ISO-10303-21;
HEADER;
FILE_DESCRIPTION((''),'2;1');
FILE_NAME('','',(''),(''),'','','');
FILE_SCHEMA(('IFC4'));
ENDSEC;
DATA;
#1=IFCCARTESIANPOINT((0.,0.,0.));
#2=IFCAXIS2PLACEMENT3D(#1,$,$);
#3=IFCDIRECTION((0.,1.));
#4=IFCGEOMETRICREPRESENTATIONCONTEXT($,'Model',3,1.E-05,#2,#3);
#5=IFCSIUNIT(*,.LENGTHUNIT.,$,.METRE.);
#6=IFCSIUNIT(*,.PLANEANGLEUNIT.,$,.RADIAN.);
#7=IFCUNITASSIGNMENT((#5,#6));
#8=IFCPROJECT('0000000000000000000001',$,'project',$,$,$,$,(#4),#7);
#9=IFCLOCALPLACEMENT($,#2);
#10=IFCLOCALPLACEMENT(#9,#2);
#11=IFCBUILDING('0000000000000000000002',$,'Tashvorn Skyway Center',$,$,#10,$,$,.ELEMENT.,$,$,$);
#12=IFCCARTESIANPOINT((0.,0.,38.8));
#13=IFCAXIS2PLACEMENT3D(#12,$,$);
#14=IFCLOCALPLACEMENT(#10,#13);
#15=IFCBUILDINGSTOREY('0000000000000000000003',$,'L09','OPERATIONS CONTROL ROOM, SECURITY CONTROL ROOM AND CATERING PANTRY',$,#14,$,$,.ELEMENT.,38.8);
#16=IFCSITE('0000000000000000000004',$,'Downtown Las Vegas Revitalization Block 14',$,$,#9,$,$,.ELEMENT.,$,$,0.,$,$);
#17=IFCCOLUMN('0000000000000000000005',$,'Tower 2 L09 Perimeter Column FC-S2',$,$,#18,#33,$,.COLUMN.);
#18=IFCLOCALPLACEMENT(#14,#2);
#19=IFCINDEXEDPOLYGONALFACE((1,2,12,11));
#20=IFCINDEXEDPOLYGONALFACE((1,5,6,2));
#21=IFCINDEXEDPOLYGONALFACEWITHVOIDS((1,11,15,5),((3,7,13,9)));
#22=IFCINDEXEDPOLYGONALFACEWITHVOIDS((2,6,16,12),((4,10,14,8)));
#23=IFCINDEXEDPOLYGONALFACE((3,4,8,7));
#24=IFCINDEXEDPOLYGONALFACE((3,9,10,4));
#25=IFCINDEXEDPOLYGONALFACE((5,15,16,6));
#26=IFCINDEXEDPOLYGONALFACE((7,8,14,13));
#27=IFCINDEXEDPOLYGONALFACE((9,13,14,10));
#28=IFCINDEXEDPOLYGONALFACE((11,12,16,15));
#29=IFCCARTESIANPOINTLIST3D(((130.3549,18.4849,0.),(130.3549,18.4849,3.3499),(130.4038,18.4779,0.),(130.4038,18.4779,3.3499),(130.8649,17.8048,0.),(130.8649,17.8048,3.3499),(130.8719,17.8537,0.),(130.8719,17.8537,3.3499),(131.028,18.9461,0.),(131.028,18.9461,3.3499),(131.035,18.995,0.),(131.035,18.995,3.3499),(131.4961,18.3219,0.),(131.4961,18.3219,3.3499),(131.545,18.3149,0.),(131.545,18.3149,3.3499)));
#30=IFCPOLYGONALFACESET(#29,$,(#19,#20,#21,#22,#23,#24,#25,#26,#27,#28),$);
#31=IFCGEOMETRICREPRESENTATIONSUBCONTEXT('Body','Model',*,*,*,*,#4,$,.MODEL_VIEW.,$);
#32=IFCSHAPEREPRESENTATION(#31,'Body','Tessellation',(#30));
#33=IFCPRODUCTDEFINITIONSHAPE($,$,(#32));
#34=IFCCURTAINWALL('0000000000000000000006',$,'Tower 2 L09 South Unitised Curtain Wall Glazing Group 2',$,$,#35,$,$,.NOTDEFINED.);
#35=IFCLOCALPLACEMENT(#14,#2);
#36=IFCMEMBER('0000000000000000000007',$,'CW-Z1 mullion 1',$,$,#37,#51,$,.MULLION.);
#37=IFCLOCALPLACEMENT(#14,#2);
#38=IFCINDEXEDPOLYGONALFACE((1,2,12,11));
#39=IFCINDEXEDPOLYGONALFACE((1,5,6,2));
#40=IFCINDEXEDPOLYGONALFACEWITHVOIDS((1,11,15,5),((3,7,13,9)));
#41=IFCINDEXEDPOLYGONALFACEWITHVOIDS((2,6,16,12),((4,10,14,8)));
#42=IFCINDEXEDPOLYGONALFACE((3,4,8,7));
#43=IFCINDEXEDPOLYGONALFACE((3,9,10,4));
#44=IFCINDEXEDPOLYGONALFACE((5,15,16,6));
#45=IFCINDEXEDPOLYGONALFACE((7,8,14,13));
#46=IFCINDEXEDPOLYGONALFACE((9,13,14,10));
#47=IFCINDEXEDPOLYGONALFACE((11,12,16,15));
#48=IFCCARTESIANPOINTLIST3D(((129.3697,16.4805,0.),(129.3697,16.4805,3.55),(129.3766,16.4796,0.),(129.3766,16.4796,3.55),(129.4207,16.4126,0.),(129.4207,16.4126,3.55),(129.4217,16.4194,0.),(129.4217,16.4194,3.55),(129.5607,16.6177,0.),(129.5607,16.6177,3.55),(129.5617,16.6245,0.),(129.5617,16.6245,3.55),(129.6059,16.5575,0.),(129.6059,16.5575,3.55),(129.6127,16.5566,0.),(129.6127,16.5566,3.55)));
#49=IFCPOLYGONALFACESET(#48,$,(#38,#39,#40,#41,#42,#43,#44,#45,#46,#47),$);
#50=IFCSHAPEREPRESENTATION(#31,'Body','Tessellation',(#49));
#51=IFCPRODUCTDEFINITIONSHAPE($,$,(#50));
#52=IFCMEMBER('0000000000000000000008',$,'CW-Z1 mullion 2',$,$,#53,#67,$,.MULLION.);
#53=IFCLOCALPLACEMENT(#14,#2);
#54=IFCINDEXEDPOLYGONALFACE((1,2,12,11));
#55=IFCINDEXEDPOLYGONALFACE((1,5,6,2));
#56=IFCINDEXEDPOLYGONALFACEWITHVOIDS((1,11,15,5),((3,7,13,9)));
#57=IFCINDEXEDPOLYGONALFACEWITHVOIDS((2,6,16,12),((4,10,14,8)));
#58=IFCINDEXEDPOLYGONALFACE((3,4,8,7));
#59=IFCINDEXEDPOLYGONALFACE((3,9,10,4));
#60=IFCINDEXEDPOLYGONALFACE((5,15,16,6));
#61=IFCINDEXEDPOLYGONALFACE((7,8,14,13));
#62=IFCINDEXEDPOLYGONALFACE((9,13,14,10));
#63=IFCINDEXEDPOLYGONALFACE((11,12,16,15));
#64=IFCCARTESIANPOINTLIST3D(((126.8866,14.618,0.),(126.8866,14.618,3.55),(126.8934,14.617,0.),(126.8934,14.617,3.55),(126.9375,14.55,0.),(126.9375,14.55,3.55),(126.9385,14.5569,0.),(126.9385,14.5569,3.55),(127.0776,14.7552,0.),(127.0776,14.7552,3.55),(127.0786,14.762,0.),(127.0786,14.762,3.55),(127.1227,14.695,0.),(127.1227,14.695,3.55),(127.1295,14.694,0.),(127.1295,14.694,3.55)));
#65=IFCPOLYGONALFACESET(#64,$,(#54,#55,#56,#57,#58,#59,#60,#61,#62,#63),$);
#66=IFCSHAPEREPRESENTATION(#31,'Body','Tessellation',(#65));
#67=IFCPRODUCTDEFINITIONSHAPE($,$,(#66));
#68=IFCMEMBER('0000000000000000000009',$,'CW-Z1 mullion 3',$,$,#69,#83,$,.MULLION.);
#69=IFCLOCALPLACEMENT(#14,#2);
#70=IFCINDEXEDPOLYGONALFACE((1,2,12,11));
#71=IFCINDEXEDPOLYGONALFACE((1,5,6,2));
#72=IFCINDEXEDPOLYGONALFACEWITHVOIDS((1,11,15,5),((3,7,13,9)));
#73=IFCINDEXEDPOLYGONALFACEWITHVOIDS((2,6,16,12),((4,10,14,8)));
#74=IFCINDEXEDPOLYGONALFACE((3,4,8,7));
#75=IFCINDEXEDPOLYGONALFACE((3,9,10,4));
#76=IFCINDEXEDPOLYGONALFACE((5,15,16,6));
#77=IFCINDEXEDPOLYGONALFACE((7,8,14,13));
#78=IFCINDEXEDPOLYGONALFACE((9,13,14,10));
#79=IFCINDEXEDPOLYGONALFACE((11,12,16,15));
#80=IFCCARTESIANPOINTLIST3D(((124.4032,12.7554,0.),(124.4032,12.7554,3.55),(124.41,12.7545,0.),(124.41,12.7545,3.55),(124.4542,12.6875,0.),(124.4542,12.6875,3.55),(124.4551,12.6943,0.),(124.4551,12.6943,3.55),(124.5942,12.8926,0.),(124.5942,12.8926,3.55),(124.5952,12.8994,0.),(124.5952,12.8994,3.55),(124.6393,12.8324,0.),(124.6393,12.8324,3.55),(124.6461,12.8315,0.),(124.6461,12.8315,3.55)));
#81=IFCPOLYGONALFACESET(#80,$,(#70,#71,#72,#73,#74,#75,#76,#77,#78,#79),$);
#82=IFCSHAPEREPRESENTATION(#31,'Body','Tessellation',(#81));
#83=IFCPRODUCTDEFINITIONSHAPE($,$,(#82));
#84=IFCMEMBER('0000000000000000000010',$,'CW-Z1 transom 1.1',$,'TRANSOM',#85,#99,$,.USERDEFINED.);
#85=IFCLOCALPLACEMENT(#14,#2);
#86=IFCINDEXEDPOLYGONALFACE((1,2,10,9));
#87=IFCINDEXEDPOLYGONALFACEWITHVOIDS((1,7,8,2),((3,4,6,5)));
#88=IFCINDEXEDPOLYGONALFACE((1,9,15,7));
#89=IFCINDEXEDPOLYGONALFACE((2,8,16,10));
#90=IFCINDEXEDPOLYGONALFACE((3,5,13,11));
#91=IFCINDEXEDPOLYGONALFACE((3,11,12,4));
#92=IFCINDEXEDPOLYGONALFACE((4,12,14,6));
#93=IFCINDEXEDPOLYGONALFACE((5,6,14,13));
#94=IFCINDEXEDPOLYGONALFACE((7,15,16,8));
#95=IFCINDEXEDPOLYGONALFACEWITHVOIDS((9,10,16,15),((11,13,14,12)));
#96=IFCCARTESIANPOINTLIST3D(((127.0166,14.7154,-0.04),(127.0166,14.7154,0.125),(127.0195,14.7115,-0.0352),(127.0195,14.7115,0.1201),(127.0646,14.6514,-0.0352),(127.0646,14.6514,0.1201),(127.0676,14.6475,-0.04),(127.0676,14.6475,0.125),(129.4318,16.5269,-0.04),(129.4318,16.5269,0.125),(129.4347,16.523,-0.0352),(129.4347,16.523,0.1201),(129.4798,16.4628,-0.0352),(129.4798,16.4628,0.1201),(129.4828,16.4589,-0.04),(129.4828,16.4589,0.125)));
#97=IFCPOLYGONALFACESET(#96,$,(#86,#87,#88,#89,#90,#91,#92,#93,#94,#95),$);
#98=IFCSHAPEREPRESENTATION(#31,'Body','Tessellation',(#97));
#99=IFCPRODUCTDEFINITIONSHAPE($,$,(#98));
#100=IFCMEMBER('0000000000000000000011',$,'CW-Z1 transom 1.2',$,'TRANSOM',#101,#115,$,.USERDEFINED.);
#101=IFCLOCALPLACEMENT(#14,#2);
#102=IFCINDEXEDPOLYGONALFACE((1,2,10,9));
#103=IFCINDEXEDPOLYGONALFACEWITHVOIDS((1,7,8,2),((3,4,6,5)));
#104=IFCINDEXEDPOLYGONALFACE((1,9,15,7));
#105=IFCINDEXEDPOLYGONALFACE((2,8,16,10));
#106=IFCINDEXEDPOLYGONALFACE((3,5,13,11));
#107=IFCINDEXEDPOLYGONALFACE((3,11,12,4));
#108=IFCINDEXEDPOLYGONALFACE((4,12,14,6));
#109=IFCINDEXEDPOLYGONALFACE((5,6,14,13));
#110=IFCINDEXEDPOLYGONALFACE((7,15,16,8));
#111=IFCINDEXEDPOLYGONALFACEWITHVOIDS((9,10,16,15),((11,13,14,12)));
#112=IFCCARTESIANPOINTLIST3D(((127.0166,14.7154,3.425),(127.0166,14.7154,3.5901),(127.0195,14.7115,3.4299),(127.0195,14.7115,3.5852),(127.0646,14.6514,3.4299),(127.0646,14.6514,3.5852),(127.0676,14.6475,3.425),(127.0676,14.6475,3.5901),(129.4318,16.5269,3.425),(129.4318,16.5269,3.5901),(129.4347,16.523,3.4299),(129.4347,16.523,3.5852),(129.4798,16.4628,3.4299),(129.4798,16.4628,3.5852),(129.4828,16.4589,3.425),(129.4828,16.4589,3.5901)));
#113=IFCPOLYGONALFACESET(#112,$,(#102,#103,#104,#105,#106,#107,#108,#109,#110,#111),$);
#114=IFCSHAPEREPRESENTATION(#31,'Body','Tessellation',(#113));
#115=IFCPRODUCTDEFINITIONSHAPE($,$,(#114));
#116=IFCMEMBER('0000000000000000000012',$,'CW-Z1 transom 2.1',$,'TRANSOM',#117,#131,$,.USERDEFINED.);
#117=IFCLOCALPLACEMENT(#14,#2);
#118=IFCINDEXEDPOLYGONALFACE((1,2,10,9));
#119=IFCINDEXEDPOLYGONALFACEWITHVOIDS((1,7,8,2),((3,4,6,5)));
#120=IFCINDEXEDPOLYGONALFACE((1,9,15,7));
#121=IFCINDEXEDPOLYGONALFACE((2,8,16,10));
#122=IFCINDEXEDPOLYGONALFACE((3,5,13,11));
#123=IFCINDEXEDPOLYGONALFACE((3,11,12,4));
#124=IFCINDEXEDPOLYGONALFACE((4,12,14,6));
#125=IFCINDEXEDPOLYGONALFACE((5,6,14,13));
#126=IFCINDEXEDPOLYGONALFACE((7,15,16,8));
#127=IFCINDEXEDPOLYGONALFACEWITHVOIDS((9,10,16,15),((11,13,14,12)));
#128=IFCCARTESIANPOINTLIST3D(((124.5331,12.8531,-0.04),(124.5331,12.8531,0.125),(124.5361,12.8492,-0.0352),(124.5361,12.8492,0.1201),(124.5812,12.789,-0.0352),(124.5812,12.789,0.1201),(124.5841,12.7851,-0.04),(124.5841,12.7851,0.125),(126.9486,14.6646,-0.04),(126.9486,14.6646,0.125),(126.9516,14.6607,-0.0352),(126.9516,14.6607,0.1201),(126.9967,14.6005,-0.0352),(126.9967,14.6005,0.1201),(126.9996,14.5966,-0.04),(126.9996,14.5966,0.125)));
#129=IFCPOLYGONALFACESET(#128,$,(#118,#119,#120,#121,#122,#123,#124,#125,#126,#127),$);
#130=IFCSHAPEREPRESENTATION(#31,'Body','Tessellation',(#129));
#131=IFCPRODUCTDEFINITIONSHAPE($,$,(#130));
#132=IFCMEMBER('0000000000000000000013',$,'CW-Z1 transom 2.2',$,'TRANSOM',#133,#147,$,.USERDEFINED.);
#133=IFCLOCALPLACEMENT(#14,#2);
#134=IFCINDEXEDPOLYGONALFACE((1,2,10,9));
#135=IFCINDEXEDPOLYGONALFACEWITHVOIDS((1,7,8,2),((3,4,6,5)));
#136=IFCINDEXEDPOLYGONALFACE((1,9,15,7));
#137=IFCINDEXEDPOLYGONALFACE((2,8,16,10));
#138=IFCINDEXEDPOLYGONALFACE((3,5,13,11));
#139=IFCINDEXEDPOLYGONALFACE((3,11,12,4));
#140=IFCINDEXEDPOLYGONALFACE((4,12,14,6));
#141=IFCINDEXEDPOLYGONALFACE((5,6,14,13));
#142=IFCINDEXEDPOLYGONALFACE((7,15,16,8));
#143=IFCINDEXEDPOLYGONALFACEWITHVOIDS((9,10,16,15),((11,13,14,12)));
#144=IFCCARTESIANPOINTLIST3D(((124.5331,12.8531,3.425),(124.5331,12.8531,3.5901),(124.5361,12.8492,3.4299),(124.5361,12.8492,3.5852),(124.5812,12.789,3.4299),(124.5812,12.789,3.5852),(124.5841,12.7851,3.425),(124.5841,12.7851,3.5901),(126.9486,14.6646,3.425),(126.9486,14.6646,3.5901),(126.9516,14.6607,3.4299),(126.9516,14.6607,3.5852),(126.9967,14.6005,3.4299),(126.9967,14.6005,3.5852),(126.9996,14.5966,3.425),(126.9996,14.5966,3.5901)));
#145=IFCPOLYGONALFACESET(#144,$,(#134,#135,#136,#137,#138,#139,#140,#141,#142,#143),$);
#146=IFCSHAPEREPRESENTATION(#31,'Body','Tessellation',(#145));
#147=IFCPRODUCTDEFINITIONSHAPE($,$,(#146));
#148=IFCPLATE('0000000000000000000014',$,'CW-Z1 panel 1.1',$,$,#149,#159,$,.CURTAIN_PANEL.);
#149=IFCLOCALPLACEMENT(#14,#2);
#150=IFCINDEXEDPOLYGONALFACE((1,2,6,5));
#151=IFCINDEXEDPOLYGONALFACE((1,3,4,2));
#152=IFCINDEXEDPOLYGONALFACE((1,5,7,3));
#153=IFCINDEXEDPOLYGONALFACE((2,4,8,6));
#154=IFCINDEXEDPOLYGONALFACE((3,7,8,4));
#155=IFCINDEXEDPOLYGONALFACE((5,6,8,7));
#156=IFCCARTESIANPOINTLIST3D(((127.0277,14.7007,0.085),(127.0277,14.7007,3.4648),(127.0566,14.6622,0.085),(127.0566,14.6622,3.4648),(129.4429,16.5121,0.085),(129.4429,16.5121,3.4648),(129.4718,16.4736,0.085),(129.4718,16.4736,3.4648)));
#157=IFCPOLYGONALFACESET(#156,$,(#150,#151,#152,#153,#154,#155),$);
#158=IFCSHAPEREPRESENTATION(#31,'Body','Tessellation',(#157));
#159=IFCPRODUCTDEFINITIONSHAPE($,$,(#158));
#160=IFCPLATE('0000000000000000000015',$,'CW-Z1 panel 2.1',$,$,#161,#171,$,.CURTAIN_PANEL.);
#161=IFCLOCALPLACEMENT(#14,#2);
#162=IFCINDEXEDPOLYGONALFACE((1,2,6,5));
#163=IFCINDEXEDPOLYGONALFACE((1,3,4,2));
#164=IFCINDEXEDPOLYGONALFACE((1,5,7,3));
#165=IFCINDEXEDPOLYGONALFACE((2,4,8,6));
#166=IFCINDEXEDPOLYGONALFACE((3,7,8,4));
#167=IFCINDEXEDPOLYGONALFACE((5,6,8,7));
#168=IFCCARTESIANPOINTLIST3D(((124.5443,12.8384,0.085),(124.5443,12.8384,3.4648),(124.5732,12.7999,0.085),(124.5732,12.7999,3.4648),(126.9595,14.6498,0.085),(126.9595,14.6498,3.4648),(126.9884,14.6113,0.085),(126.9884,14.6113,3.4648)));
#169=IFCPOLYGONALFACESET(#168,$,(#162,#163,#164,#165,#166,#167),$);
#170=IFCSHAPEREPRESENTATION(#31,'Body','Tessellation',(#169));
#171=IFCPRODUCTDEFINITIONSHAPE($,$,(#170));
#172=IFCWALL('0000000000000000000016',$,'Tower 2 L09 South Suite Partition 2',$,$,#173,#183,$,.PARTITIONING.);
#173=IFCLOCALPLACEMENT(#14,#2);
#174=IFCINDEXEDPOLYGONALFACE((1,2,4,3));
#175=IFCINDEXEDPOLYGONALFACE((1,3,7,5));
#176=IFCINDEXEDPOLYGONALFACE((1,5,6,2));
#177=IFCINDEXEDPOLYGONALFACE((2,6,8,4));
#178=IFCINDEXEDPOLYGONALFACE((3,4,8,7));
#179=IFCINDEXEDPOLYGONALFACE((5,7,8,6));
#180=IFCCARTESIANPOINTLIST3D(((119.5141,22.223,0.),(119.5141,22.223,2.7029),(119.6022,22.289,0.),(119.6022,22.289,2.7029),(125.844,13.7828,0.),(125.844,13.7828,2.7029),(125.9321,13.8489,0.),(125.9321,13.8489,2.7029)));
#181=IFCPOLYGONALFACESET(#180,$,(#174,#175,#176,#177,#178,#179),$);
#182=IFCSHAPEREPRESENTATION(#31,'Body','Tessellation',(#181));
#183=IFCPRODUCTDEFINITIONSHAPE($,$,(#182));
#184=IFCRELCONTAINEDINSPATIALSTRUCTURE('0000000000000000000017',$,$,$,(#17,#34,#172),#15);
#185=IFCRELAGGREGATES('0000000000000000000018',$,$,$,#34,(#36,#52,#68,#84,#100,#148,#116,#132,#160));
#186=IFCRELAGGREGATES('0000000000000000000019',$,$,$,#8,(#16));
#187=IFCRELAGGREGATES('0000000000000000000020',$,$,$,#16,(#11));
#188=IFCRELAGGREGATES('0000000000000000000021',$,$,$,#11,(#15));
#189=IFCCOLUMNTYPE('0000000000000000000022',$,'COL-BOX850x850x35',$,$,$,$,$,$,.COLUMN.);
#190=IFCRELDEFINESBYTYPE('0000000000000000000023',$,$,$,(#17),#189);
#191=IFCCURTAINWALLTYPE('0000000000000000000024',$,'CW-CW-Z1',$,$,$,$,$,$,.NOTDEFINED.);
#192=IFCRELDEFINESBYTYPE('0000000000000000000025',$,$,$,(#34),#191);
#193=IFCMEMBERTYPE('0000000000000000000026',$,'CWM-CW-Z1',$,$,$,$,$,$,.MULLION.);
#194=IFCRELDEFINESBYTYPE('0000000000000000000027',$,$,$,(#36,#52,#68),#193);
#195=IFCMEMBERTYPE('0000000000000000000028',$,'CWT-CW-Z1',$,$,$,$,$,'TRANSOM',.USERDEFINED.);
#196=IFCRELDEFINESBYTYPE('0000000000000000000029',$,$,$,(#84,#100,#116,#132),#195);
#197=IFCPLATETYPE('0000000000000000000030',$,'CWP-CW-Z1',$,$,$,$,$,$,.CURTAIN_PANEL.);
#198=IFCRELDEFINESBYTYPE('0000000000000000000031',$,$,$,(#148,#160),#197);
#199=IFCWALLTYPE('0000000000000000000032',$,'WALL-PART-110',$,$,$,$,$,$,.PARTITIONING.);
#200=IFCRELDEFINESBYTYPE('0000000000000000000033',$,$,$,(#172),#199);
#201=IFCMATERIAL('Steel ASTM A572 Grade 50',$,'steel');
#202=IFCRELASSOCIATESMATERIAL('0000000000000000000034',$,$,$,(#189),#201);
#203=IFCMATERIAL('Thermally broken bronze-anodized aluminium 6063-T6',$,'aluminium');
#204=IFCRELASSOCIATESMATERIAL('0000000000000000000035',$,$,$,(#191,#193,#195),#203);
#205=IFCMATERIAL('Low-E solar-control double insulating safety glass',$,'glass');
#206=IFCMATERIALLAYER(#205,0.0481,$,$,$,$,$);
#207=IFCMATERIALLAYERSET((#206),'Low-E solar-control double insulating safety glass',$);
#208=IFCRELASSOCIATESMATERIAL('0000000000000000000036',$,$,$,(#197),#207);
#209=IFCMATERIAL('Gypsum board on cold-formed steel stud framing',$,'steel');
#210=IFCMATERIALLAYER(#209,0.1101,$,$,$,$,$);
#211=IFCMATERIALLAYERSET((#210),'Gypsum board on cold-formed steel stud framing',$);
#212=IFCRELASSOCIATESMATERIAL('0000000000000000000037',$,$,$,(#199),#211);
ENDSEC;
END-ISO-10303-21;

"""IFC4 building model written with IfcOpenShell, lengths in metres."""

from ifc_helpers import new_model, si_unit, direction, frame, frame_2d, origin, origin_2d, place, context, subcontext, project, spatial, rectangle, hollow_rectangle, extrude, material, layer, layer_set, material_profile, profile_set, type_object, element, aggregate, save


model = new_model("IFC4")

# Units and contexts
model_context = context("Model", 3, precision=1e-05, world=origin(), true_north=direction((0.0, 1.0)))
body_context = subcontext(model_context, "Body", "Model", "MODEL_VIEW")
ifc_project = project(units=[si_unit("LENGTHUNIT", "METRE"), si_unit("PLANEANGLEUNIT", "RADIAN")], contexts=[model_context])

# Site, building, storey
site_placement = place(None, origin())
site = spatial("IfcSite", under=ifc_project, at=site_placement, Name="Downtown Las Vegas Revitalization Block 14", CompositionType="ELEMENT", RefElevation=0.0)
building_placement = place(site_placement, origin())
building = spatial("IfcBuilding", under=site, at=building_placement, Name="Tashvorn Skyway Center", CompositionType="ELEMENT")
storey_placement = place(building_placement, frame((0.0, 0.0, 38.8)))
storey = spatial("IfcBuildingStorey", under=building, at=storey_placement, Name="L09", Description="OPERATIONS CONTROL ROOM, SECURITY CONTROL ROOM AND CATERING PANTRY", CompositionType="ELEMENT", Elevation=38.8)

# Column
ifc_material_1 = material(Name="Steel ASTM A572 Grade 50", Category="steel")
ifc_material_profile_1 = material_profile(ifc_material_1, hollow_rectangle(XDim=0.8501, YDim=0.8501, WallThickness=0.0349, at=origin_2d()), Name="BOX850x850x35")
ifc_profile_set_1 = profile_set([ifc_material_profile_1], Name="Steel ASTM A572 Grade 50")
column_type = type_object("IfcColumnType", Name="COL-BOX850x850x35", PredefinedType="COLUMN", material=ifc_profile_set_1)
column_placement = place(storey_placement, frame((130.95, 18.3999, 0.0), z_axis=(0.0, 0.0, 1.0), x_axis=(0.8, 0.6, 0.0)))
element("IfcColumn", 1, at=column_placement, inside=storey, type_object=column_type, Name="Tower 2 L09 Perimeter Column FC-S2", PredefinedType="COLUMN", context=body_context, shape_type="SweptSolid", body=[
    extrude(hollow_rectangle(XDim=0.8501, YDim=0.8501, WallThickness=0.0349, at=origin_2d()), origin(), (0.0, 0.0, 1.0), 3.3499),
])

# Curtain wall, members, plates
ifc_material_2 = material(Name="Thermally broken bronze-anodized aluminium 6063-T6", Category="aluminium")
curtain_wall_type = type_object("IfcCurtainWallType", Name="CW-CW-Z1", PredefinedType="NOTDEFINED", material=ifc_material_2)
curtain_wall_placement = place(storey_placement, origin())
curtain_wall = element("IfcCurtainWall", 2, at=curtain_wall_placement, inside=storey, type_object=curtain_wall_type, Name="Tower 2 L09 South Unitised Curtain Wall Glazing Group 2", PredefinedType="NOTDEFINED")
ifc_material_profile_2 = material_profile(ifc_material_2, hollow_rectangle(XDim=0.085, YDim=0.24, WallThickness=0.0049, at=origin_2d()), Name="ALU-MULL-85x240")
ifc_profile_set_2 = profile_set([ifc_material_profile_2], Name="Thermally broken bronze-anodized aluminium 6063-T6")
member_type_1 = type_object("IfcMemberType", Name="CWM-CW-Z1", PredefinedType="MULLION", material=ifc_profile_set_2)
member_1_placement = place(storey_placement, frame((129.4912, 16.5186, 0.0), z_axis=(0.0, 0.0, 1.0), x_axis=(0.600005, -0.799996, 0.0)))
member_1 = element("IfcMember", 3, at=member_1_placement, type_object=member_type_1, Name="CW-Z1 mullion 1", PredefinedType="MULLION", context=body_context, shape_type="SweptSolid", body=[
    extrude(hollow_rectangle(XDim=0.085, YDim=0.24, WallThickness=0.0049, at=origin_2d()), origin(), (0.0, 0.0, 1.0), 3.55),
])
member_2_placement = place(storey_placement, frame((127.0081, 14.656, 0.0), z_axis=(0.0, 0.0, 1.0), x_axis=(0.600005, -0.799996, 0.0)))
member_2 = element("IfcMember", 4, at=member_2_placement, type_object=member_type_1, Name="CW-Z1 mullion 2", PredefinedType="MULLION", context=body_context, shape_type="SweptSolid", body=[
    extrude(hollow_rectangle(XDim=0.085, YDim=0.24, WallThickness=0.0049, at=origin_2d()), origin(), (0.0, 0.0, 1.0), 3.55),
])
member_3_placement = place(storey_placement, frame((124.5247, 12.7935, 0.0), z_axis=(0.0, 0.0, 1.0), x_axis=(0.600005, -0.799996, 0.0)))
member_3 = element("IfcMember", 5, at=member_3_placement, type_object=member_type_1, Name="CW-Z1 mullion 3", PredefinedType="MULLION", context=body_context, shape_type="SweptSolid", body=[
    extrude(hollow_rectangle(XDim=0.085, YDim=0.24, WallThickness=0.0049, at=origin_2d()), origin(), (0.0, 0.0, 1.0), 3.55),
])
ifc_material_profile_3 = material_profile(ifc_material_2, hollow_rectangle(XDim=0.085, YDim=0.165, WallThickness=0.0049, at=origin_2d()), Name="ALU-TRAN-85x165")
ifc_profile_set_3 = profile_set([ifc_material_profile_3], Name="Thermally broken bronze-anodized aluminium 6063-T6")
member_type_2 = type_object("IfcMemberType", Name="CWT-CW-Z1", ElementType="TRANSOM", PredefinedType="USERDEFINED", material=ifc_profile_set_3)
member_4_placement = place(storey_placement, frame((129.4573, 16.4929, 0.0425), z_axis=(-0.79999, -0.600013, 0.0), x_axis=(0.600013, -0.79999, 0.0)))
member_4 = element("IfcMember", 6, at=member_4_placement, type_object=member_type_2, Name="CW-Z1 transom 1.1", ObjectType="TRANSOM", PredefinedType="USERDEFINED", context=body_context, shape_type="SweptSolid", body=[
    extrude(hollow_rectangle(XDim=0.085, YDim=0.165, WallThickness=0.0049, at=origin_2d()), origin(), (0.0, 0.0, 1.0), 3.019),
])
member_5_placement = place(storey_placement, frame((129.4573, 16.4929, 3.5076), z_axis=(-0.79999, -0.600013, 0.0), x_axis=(0.600013, -0.79999, 0.0)))
member_5 = element("IfcMember", 7, at=member_5_placement, type_object=member_type_2, Name="CW-Z1 transom 1.2", ObjectType="TRANSOM", PredefinedType="USERDEFINED", context=body_context, shape_type="SweptSolid", body=[
    extrude(hollow_rectangle(XDim=0.085, YDim=0.165, WallThickness=0.0049, at=origin_2d()), origin(), (0.0, 0.0, 1.0), 3.019),
])
member_6_placement = place(storey_placement, frame((126.9741, 14.6306, 0.0425), z_axis=(-0.800019, -0.599974, 0.0), x_axis=(0.599974, -0.800019, 0.0)))
member_6 = element("IfcMember", 8, at=member_6_placement, type_object=member_type_2, Name="CW-Z1 transom 2.1", ObjectType="TRANSOM", PredefinedType="USERDEFINED", context=body_context, shape_type="SweptSolid", body=[
    extrude(hollow_rectangle(XDim=0.085, YDim=0.165, WallThickness=0.0049, at=origin_2d()), origin(), (0.0, 0.0, 1.0), 3.0193),
])
member_7_placement = place(storey_placement, frame((126.9741, 14.6306, 3.5076), z_axis=(-0.800019, -0.599974, 0.0), x_axis=(0.599974, -0.800019, 0.0)))
member_7 = element("IfcMember", 9, at=member_7_placement, type_object=member_type_2, Name="CW-Z1 transom 2.2", ObjectType="TRANSOM", PredefinedType="USERDEFINED", context=body_context, shape_type="SweptSolid", body=[
    extrude(hollow_rectangle(XDim=0.085, YDim=0.165, WallThickness=0.0049, at=origin_2d()), origin(), (0.0, 0.0, 1.0), 3.0193),
])
ifc_material_3 = material(Name="Low-E solar-control double insulating safety glass", Category="glass")
ifc_layer_1 = layer(ifc_material_3, 0.0481)
ifc_layer_set_1 = layer_set([ifc_layer_1], Name="Low-E solar-control double insulating safety glass")
plate_type = type_object("IfcPlateType", Name="CWP-CW-Z1", PredefinedType="CURTAIN_PANEL", material=ifc_layer_set_1)
plate_1_placement = place(storey_placement, frame((128.2498, 15.5872, 0.085), z_axis=(0.0, 0.0, 1.0), x_axis=(-0.799996, -0.600005, 0.0)))
plate_1 = element("IfcPlate", 10, at=plate_1_placement, type_object=plate_type, Name="CW-Z1 panel 1.1", PredefinedType="CURTAIN_PANEL", context=body_context, shape_type="SweptSolid", body=[
    extrude(rectangle(XDim=3.019, YDim=0.0481, at=origin_2d()), origin(), (0.0, 0.0, 1.0), 3.3799),
])
plate_2_placement = place(storey_placement, frame((125.7664, 13.7249, 0.085), z_axis=(0.0, 0.0, 1.0), x_axis=(-0.799996, -0.600005, 0.0)))
plate_2 = element("IfcPlate", 11, at=plate_2_placement, type_object=plate_type, Name="CW-Z1 panel 2.1", PredefinedType="CURTAIN_PANEL", context=body_context, shape_type="SweptSolid", body=[
    extrude(rectangle(XDim=3.019, YDim=0.0481, at=origin_2d()), origin(), (0.0, 0.0, 1.0), 3.3799),
])
aggregate(curtain_wall, [member_1, member_2, member_3, member_4, member_5, plate_1, member_6, member_7, plate_2])

# Wall
ifc_material_4 = material(Name="Gypsum board on cold-formed steel stud framing", Category="steel")
ifc_layer_2 = layer(ifc_material_4, 0.1101)
ifc_layer_set_2 = layer_set([ifc_layer_2], Name="Gypsum board on cold-formed steel stud framing")
wall_type = type_object("IfcWallType", Name="WALL-PART-110", PredefinedType="PARTITIONING", material=ifc_layer_set_2)
for number, where, z_axis, x_axis, name in (
    (12, (125.8879, 13.8159, 0.0), (0.0, 0.0, 1.0), (-0.599981, 0.800014, 0.0), "Tower 2 L09 South Suite Partition 2"),
):
    element("IfcWall", number, at=place(storey_placement, frame(where, z_axis=z_axis, x_axis=x_axis)), inside=storey, type_object=wall_type, Name=name, PredefinedType="PARTITIONING", context=body_context, shape_type="SweptSolid", body=[
        extrude(rectangle(XDim=10.55, YDim=0.1101, at=frame_2d((5.2749, 0.0))), origin(), (0.0, 0.0, 1.0), 2.7029),
    ])

save(model, "model.ifc")
